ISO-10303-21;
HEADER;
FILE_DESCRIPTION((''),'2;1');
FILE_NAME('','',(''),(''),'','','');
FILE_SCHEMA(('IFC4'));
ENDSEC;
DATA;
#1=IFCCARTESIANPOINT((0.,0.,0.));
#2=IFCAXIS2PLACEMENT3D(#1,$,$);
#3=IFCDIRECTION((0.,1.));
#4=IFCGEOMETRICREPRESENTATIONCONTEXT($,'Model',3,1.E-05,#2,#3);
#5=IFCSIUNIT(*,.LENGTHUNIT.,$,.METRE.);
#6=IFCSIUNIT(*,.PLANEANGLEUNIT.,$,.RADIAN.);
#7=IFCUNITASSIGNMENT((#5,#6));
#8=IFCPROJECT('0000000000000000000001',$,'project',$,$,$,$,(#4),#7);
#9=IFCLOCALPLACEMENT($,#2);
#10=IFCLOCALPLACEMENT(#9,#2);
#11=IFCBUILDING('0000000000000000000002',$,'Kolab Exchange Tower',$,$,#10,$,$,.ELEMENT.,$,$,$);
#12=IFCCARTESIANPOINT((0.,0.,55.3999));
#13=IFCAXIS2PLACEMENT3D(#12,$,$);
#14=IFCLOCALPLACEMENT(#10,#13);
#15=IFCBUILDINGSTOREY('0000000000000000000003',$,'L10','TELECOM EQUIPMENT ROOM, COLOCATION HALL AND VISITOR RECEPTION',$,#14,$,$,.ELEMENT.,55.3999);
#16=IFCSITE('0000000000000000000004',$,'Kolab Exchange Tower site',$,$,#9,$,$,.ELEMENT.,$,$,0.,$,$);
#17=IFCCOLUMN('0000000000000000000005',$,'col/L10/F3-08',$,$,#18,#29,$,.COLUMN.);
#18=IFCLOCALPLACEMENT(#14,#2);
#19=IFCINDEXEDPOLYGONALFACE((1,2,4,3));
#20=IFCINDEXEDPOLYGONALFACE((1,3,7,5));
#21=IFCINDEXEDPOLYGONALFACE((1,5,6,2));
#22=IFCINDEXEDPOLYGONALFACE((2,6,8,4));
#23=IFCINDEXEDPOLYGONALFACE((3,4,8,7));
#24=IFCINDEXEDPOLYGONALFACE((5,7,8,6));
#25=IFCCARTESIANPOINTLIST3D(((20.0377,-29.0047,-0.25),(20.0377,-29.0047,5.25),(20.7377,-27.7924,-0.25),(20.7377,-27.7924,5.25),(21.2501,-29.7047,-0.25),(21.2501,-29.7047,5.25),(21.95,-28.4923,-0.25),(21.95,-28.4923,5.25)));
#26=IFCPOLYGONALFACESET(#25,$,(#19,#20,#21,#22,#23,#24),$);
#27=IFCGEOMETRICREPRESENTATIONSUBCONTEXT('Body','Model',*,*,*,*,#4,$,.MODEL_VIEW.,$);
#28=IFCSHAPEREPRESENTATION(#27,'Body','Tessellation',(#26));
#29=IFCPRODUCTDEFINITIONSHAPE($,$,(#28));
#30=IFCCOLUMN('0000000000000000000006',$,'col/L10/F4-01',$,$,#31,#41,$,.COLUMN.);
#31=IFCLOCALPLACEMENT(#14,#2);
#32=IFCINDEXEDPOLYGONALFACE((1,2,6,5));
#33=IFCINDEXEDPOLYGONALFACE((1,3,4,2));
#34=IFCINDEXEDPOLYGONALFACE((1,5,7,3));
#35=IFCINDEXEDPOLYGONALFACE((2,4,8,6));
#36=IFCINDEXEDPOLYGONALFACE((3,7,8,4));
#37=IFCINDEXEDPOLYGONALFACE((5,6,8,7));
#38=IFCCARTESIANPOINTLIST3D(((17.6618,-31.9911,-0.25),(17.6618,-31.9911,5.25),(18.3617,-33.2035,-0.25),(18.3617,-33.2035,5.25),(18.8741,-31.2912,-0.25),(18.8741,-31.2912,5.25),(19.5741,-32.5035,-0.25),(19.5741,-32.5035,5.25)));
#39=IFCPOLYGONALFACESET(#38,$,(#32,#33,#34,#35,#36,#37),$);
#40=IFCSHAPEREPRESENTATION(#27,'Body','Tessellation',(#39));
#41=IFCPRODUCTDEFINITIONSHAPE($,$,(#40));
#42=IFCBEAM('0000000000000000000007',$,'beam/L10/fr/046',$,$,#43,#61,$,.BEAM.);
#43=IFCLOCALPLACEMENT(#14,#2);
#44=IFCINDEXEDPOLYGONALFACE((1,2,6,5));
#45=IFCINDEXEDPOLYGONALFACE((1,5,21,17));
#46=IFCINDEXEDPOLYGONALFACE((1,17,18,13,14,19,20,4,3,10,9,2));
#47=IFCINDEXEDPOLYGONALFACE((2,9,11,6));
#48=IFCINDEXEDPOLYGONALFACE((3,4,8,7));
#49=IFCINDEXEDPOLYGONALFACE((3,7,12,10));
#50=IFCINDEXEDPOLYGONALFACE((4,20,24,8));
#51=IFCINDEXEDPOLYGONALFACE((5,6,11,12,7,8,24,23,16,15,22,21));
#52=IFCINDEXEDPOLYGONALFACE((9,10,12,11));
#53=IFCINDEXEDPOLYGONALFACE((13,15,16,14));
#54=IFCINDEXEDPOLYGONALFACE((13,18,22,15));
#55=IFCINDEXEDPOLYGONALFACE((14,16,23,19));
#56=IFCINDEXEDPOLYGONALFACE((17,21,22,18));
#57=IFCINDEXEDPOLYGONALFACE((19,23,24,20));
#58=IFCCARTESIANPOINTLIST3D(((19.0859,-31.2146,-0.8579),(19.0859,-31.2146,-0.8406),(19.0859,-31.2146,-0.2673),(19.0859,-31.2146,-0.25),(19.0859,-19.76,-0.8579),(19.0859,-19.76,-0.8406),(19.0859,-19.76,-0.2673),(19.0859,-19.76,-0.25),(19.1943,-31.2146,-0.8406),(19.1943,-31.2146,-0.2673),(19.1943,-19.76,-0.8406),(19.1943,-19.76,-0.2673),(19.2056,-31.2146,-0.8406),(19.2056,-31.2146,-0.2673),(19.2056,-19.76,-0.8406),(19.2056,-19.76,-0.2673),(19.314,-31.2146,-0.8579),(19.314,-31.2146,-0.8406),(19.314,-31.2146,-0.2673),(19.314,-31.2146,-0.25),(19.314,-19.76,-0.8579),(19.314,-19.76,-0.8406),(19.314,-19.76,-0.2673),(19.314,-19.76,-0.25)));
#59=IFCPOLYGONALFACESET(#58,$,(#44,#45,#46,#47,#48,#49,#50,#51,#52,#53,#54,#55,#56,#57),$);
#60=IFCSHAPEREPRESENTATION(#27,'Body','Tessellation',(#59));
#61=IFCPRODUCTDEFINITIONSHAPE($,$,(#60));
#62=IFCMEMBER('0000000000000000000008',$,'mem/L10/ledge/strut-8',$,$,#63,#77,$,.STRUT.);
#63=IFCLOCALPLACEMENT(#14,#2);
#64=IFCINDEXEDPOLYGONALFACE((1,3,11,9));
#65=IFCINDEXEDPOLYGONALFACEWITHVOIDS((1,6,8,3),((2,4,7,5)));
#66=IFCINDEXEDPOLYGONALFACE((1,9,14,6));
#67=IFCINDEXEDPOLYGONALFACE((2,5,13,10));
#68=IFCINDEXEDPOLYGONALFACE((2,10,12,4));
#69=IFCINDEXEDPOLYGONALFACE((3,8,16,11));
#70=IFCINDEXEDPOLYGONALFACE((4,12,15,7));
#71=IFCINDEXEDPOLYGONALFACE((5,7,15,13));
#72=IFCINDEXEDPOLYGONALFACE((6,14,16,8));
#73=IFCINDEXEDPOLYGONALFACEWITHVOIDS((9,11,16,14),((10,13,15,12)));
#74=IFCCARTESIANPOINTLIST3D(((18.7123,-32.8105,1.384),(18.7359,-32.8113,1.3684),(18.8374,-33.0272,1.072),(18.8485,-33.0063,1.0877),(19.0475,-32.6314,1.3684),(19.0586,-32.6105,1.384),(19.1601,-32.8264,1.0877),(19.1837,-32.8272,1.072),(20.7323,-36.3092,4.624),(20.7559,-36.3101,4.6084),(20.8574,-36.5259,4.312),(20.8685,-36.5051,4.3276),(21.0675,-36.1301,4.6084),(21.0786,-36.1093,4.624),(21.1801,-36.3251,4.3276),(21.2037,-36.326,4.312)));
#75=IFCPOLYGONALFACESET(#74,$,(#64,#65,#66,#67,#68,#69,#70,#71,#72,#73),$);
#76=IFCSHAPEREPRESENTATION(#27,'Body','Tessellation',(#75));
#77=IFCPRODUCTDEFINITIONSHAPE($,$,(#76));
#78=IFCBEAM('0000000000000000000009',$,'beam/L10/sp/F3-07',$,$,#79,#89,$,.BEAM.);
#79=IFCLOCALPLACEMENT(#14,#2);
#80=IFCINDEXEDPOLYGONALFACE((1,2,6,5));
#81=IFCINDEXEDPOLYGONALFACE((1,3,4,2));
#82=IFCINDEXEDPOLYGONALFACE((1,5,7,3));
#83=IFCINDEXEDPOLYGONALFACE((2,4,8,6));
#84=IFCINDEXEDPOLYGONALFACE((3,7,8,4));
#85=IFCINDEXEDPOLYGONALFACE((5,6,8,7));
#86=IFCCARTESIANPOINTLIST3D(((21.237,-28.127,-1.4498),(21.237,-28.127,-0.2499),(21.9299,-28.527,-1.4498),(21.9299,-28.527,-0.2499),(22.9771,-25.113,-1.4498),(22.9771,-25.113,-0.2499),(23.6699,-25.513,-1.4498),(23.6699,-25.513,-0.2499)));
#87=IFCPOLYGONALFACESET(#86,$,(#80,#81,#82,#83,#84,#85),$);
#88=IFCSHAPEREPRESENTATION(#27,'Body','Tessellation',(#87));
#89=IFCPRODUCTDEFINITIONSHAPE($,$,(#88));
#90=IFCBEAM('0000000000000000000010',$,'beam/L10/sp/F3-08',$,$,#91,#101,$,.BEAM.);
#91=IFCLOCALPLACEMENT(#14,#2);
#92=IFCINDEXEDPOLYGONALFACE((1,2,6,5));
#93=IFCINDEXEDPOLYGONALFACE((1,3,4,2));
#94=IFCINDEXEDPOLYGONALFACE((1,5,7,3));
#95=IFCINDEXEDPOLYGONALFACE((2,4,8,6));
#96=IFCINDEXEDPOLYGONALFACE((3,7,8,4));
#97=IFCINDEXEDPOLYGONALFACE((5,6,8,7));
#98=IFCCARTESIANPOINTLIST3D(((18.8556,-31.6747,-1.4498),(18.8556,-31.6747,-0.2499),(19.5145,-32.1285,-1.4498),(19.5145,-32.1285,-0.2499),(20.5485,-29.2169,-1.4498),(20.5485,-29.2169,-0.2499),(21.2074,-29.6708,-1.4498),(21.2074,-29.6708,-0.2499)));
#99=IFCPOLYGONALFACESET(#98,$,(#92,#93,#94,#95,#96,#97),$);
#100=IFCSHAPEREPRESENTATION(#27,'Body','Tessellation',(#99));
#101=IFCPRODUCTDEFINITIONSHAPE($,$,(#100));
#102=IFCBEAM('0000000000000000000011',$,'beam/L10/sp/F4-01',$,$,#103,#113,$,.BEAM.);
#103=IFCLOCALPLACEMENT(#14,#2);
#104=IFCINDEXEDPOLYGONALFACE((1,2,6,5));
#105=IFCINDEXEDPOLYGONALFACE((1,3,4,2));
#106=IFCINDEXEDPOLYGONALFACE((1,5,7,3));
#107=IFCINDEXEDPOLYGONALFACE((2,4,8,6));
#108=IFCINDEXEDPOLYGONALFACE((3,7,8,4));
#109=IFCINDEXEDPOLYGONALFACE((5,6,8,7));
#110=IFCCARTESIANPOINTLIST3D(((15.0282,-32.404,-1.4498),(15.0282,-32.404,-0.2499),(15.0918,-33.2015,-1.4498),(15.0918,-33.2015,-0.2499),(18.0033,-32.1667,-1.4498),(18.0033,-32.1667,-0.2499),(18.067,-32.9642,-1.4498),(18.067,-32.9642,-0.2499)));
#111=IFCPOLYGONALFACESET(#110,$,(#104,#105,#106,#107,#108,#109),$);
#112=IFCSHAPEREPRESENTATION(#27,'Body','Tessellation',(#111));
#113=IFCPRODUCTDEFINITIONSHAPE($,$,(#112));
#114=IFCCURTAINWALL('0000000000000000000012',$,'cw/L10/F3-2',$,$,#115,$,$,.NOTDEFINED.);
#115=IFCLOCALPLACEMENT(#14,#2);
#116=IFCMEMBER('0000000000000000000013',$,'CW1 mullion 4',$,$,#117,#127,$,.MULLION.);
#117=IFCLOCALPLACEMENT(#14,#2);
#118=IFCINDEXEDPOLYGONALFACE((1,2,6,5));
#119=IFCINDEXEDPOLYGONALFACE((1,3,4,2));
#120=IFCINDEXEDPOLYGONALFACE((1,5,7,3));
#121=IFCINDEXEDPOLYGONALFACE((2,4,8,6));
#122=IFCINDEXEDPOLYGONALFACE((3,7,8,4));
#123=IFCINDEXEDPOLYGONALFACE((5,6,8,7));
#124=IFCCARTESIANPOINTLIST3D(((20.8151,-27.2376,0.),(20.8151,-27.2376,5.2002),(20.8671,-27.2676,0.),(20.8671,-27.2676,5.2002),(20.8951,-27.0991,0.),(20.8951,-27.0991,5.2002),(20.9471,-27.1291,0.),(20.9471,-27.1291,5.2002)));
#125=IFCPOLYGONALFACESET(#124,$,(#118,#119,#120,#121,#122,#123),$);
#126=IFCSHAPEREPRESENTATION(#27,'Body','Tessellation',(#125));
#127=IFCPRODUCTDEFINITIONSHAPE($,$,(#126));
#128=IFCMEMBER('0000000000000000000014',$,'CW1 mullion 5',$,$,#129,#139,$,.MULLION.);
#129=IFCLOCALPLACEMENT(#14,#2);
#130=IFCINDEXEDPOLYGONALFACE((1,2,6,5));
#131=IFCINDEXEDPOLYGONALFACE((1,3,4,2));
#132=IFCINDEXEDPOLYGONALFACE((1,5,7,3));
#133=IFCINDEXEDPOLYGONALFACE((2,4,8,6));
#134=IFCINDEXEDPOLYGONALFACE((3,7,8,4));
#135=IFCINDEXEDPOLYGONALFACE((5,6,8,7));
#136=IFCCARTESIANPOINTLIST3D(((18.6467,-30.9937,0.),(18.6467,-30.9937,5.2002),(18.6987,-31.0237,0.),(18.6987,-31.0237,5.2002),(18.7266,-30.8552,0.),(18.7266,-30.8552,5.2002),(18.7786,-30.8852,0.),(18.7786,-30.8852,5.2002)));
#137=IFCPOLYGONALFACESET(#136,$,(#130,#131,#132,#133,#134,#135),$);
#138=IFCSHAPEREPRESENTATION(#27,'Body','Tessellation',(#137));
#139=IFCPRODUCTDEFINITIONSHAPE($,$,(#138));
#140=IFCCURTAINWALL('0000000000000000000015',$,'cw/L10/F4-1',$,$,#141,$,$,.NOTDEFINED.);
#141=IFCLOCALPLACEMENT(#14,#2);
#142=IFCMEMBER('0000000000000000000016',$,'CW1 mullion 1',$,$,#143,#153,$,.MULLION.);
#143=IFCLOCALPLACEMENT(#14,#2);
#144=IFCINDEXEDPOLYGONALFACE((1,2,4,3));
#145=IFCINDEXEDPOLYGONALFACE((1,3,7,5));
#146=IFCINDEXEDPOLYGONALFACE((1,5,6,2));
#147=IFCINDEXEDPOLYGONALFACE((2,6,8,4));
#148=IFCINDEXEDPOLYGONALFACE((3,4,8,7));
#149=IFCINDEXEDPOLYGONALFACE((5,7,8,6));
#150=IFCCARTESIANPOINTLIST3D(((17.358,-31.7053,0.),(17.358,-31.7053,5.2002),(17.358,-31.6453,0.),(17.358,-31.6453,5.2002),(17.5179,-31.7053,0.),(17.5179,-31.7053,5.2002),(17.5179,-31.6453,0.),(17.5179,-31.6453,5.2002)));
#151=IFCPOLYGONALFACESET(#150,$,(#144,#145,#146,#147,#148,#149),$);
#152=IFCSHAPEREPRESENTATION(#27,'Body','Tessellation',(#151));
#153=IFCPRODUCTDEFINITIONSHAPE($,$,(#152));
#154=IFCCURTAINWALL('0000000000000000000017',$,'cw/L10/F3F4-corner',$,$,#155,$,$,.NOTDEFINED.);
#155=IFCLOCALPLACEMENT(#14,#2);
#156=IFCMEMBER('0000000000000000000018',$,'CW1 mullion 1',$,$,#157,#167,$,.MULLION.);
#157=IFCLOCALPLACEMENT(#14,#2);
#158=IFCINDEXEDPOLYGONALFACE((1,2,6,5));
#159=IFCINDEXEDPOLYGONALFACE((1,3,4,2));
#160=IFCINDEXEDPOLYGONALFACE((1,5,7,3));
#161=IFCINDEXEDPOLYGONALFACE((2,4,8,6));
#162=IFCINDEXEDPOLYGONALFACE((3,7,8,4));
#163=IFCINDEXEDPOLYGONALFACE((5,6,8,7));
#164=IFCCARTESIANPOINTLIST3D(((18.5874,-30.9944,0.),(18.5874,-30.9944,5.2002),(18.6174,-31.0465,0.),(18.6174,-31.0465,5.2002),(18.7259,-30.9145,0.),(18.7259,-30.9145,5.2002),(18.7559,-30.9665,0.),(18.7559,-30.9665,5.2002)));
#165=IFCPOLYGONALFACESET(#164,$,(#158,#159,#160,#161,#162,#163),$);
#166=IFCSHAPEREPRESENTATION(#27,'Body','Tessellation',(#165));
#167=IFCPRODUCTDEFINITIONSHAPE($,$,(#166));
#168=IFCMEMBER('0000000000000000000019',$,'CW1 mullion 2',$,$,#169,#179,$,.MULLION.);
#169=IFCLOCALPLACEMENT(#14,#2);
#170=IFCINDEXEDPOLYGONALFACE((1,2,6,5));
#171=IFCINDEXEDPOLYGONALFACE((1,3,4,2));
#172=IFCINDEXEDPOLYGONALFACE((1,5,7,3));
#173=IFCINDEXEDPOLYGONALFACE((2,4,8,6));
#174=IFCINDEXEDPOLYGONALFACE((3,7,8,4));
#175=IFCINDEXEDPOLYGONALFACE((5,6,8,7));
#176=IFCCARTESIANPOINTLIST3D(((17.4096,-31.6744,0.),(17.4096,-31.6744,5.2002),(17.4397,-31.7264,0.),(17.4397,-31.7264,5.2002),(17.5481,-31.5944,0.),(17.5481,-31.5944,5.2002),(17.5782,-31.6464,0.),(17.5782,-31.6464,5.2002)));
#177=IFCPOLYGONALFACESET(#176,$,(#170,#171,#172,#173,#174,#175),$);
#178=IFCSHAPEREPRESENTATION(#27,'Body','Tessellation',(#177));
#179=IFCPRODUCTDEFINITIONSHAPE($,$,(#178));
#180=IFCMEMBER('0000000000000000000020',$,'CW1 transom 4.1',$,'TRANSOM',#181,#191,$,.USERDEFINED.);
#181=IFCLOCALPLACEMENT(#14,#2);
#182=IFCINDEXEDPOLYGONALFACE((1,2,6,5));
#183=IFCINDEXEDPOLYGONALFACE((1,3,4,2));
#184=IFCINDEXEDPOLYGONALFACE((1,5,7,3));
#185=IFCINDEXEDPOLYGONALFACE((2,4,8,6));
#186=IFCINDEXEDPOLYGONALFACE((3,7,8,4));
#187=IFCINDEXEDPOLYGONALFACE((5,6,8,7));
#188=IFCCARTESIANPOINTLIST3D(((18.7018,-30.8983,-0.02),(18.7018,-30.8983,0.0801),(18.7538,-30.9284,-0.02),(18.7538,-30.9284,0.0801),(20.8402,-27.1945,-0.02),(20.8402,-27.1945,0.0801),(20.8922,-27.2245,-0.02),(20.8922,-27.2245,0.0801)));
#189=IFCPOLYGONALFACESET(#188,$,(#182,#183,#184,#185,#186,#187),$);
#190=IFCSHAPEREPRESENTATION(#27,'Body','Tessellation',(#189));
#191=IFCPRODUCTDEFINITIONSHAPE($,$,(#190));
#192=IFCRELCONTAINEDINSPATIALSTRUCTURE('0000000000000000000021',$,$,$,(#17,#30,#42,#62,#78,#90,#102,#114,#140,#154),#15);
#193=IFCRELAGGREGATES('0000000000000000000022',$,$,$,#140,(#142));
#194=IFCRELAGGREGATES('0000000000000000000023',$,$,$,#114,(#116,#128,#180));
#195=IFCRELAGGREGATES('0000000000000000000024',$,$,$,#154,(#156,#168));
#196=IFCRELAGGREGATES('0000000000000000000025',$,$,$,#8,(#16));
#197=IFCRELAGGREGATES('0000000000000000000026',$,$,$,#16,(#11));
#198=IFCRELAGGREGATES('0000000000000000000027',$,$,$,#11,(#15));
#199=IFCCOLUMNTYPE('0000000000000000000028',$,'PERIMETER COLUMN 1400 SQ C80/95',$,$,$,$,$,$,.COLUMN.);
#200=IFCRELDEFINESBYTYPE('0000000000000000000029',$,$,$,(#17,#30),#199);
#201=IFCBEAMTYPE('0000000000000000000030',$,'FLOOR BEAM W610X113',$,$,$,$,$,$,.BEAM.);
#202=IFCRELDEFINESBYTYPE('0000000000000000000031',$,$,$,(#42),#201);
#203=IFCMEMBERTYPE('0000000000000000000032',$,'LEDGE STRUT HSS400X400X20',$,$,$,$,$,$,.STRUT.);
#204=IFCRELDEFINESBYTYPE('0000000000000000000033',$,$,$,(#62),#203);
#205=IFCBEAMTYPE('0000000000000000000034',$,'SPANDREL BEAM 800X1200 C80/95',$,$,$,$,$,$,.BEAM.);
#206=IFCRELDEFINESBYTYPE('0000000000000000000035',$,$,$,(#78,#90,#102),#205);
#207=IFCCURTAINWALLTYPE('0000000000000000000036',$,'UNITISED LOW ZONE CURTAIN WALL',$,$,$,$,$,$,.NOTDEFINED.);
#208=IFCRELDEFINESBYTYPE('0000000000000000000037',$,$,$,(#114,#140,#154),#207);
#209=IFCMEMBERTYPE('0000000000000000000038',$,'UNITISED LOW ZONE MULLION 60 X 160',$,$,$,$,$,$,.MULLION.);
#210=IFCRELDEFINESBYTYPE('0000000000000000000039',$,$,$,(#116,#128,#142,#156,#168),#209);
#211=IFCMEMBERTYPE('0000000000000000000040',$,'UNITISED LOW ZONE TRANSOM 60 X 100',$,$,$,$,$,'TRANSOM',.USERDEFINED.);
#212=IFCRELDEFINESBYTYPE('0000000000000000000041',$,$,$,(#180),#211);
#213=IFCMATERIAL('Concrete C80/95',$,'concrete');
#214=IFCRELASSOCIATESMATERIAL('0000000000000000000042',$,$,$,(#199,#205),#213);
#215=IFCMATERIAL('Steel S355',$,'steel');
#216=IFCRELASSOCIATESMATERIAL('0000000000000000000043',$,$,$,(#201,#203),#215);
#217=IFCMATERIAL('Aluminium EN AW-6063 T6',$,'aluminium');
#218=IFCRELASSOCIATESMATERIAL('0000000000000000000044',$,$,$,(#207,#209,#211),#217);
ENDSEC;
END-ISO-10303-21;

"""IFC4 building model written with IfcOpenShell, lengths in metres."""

from ifc_helpers import new_model, si_unit, direction, frame, origin, origin_2d, place, context, subcontext, project, spatial, rectangle, hollow_rectangle, i_section, extrude, material, material_profile, profile_set, type_object, element, aggregate, save


model = new_model("IFC4")

# Units and contexts
model_context = context("Model", 3, precision=1e-05, world=origin(), true_north=direction((0.0, 1.0)))
body_context = subcontext(model_context, "Body", "Model", "MODEL_VIEW")
ifc_project = project(units=[si_unit("LENGTHUNIT", "METRE"), si_unit("PLANEANGLEUNIT", "RADIAN")], contexts=[model_context])

# Site, building, storey
site_placement = place(None, origin())
site = spatial("IfcSite", under=ifc_project, at=site_placement, Name="Kolab Exchange Tower site", CompositionType="ELEMENT", RefElevation=0.0)
building_placement = place(site_placement, origin())
building = spatial("IfcBuilding", under=site, at=building_placement, Name="Kolab Exchange Tower", CompositionType="ELEMENT")
storey_placement = place(building_placement, frame((0.0, 0.0, 55.3999)))
storey = spatial("IfcBuildingStorey", under=building, at=storey_placement, Name="L10", Description="TELECOM EQUIPMENT ROOM, COLOCATION HALL AND VISITOR RECEPTION", CompositionType="ELEMENT", Elevation=55.3999)

# Columns
ifc_material_1 = material(Name="Concrete C80/95", Category="concrete")
ifc_material_profile_1 = material_profile(ifc_material_1, rectangle(XDim=1.3999, YDim=1.3999, at=origin_2d()), Name="RC1400")
ifc_profile_set_1 = profile_set([ifc_material_profile_1], Name="Concrete C80/95")
column_type = type_object("IfcColumnType", Name="PERIMETER COLUMN 1400 SQ C80/95", PredefinedType="COLUMN", material=ifc_profile_set_1)
for number, where, z_axis, x_axis, name in (
    (1, (20.9939, -28.7485, -0.25), (0.0, 0.0, 1.0), (0.5, 0.866025, 0.0), "col/L10/F3-08"),
    (2, (18.6179, -32.2473, -0.25), (0.0, 0.0, 1.0), (0.866025, 0.5, 0.0), "col/L10/F4-01"),
):
    element("IfcColumn", number, at=place(storey_placement, frame(where, z_axis=z_axis, x_axis=x_axis)), inside=storey, type_object=column_type, Name=name, PredefinedType="COLUMN", context=body_context, shape_type="SweptSolid", body=[
        extrude(rectangle(XDim=1.3999, YDim=1.3999, at=origin_2d()), origin(), (0.0, 0.0, 1.0), 5.5),
    ])

# Beam
ifc_material_2 = material(Name="Steel S355", Category="steel")
ifc_material_profile_2 = material_profile(ifc_material_2, i_section(OverallWidth=0.228, OverallDepth=0.6079, WebThickness=0.0112, FlangeThickness=0.0173, at=origin_2d()), Name="W610X113")
ifc_profile_set_2 = profile_set([ifc_material_profile_2], Name="Steel S355")
beam_type_1 = type_object("IfcBeamType", Name="FLOOR BEAM W610X113", PredefinedType="BEAM", material=ifc_profile_set_2)
beam_1_placement = place(storey_placement, frame((19.2, -31.2146, -0.554), z_axis=(0.0, 1.0, 0.0), x_axis=(-1.0, 0.0, 0.0)))
element("IfcBeam", 3, at=beam_1_placement, inside=storey, type_object=beam_type_1, Name="beam/L10/fr/046", PredefinedType="BEAM", context=body_context, shape_type="SweptSolid", body=[
    extrude(i_section(OverallWidth=0.228, OverallDepth=0.6079, WebThickness=0.0112, FlangeThickness=0.0173, at=origin_2d()), origin(), (0.0, 0.0, 1.0), 11.4546),
])

# Member
ifc_material_profile_3 = material_profile(ifc_material_2, hollow_rectangle(XDim=0.3999, YDim=0.3999, WallThickness=0.02, at=origin_2d()), Name="HSS400X400X20")
ifc_profile_set_3 = profile_set([ifc_material_profile_3], Name="Steel S355")
member_type_1 = type_object("IfcMemberType", Name="LEDGE STRUT HSS400X400X20", PredefinedType="STRUT", material=ifc_profile_set_3)
member_1_placement = place(storey_placement, frame((18.948, -32.8188, 1.228), z_axis=(0.390059, -0.675603, 0.625631), x_axis=(0.866026, 0.5, 0.0)))
element("IfcMember", 4, at=member_1_placement, inside=storey, type_object=member_type_1, Name="mem/L10/ledge/strut-8", PredefinedType="STRUT", context=body_context, shape_type="SweptSolid", body=[
    extrude(hollow_rectangle(XDim=0.3999, YDim=0.3999, WallThickness=0.02, at=origin_2d()), origin(), (0.0, 0.0, 1.0), 5.1787),
])

# Beams
ifc_material_profile_4 = material_profile(ifc_material_1, rectangle(XDim=0.8, YDim=1.2, at=origin_2d()), Name="RC800X1200")
ifc_profile_set_4 = profile_set([ifc_material_profile_4], Name="Concrete C80/95")
beam_type_2 = type_object("IfcBeamType", Name="SPANDREL BEAM 800X1200 C80/95", PredefinedType="BEAM", material=ifc_profile_set_4)
beam_2_placement = place(storey_placement, frame((23.3235, -25.313, -0.8499), z_axis=(-0.49998, -0.866037, 0.0), x_axis=(0.866037, -0.49998, 0.0)))
element("IfcBeam", 5, at=beam_2_placement, inside=storey, type_object=beam_type_2, Name="beam/L10/sp/F3-07", PredefinedType="BEAM", context=body_context, shape_type="SweptSolid", body=[
    extrude(rectangle(XDim=0.8, YDim=1.2, at=origin_2d()), origin(), (0.0, 0.0, 1.0), 3.4802),
])
beam_3_placement = place(storey_placement, frame((20.8779, -29.4438, -0.8499), z_axis=(-0.567247, -0.823548, 0.0), x_axis=(0.823548, -0.567247, 0.0)))
element("IfcBeam", 6, at=beam_3_placement, inside=storey, type_object=beam_type_2, Name="beam/L10/sp/F3-08", PredefinedType="BEAM", context=body_context, shape_type="SweptSolid", body=[
    extrude(rectangle(XDim=0.8, YDim=1.2, at=origin_2d()), origin(), (0.0, 0.0, 1.0), 2.9844),
])
beam_4_placement = place(storey_placement, frame((18.0352, -32.5654, -0.8499), z_axis=(-0.996834, -0.079511, 0.0), x_axis=(0.079511, -0.996834, 0.0)))
element("IfcBeam", 7, at=beam_4_placement, inside=storey, type_object=beam_type_2, Name="beam/L10/sp/F4-01", PredefinedType="BEAM", context=body_context, shape_type="SweptSolid", body=[
    extrude(rectangle(XDim=0.8, YDim=1.2, at=origin_2d()), origin(), (0.0, 0.0, 1.0), 2.9846),
])

# Curtain wall, members
ifc_material_3 = material(Name="Aluminium EN AW-6063 T6", Category="aluminium")
curtain_wall_type = type_object("IfcCurtainWallType", Name="UNITISED LOW ZONE CURTAIN WALL", PredefinedType="NOTDEFINED", material=ifc_material_3)
curtain_wall_1_placement = place(storey_placement, origin())
curtain_wall_1 = element("IfcCurtainWall", 8, at=curtain_wall_1_placement, inside=storey, type_object=curtain_wall_type, Name="cw/L10/F3-2", PredefinedType="NOTDEFINED")
ifc_material_profile_5 = material_profile(ifc_material_3, rectangle(XDim=0.0601, YDim=0.1599, at=origin_2d()), Name="RECT 60X160")
ifc_profile_set_5 = profile_set([ifc_material_profile_5], Name="Aluminium EN AW-6063 T6")
member_type_2 = type_object("IfcMemberType", Name="UNITISED LOW ZONE MULLION 60 X 160", PredefinedType="MULLION", material=ifc_profile_set_5)
member_2_placement = place(storey_placement, frame((20.8811, -27.1833, 0.0), z_axis=(0.0, 0.0, 1.0), x_axis=(0.866025, -0.5, 0.0)))
member_2 = element("IfcMember", 9, at=member_2_placement, type_object=member_type_2, Name="CW1 mullion 4", PredefinedType="MULLION", context=body_context, shape_type="SweptSolid", body=[
    extrude(rectangle(XDim=0.0601, YDim=0.1599, at=origin_2d()), origin(), (0.0, 0.0, 1.0), 5.2002),
])
member_3_placement = place(storey_placement, frame((18.7126, -30.9395, 0.0), z_axis=(0.0, 0.0, 1.0), x_axis=(0.866025, -0.5, 0.0)))
member_3 = element("IfcMember", 10, at=member_3_placement, type_object=member_type_2, Name="CW1 mullion 5", PredefinedType="MULLION", context=body_context, shape_type="SweptSolid", body=[
    extrude(rectangle(XDim=0.0601, YDim=0.1599, at=origin_2d()), origin(), (0.0, 0.0, 1.0), 5.2002),
])

# Curtain wall, member
curtain_wall_2_placement = place(storey_placement, origin())
curtain_wall_2 = element("IfcCurtainWall", 11, at=curtain_wall_2_placement, inside=storey, type_object=curtain_wall_type, Name="cw/L10/F4-1", PredefinedType="NOTDEFINED")
member_4_placement = place(storey_placement, frame((17.438, -31.6753, 0.0), z_axis=(0.0, 0.0, 1.0), x_axis=(0.0, -1.0, 0.0)))
member_4 = element("IfcMember", 12, at=member_4_placement, type_object=member_type_2, Name="CW1 mullion 1", PredefinedType="MULLION", context=body_context, shape_type="SweptSolid", body=[
    extrude(rectangle(XDim=0.0601, YDim=0.1599, at=origin_2d()), origin(), (0.0, 0.0, 1.0), 5.2002),
])
aggregate(curtain_wall_2, [member_4])

# Curtain wall, members
curtain_wall_3_placement = place(storey_placement, origin())
curtain_wall_3 = element("IfcCurtainWall", 13, at=curtain_wall_3_placement, inside=storey, type_object=curtain_wall_type, Name="cw/L10/F3F4-corner", PredefinedType="NOTDEFINED")
member_5_placement = place(storey_placement, frame((18.6716, -30.9805, 0.0), z_axis=(0.0, 0.0, 1.0), x_axis=(0.5, -0.866025, 0.0)))
member_5 = element("IfcMember", 14, at=member_5_placement, type_object=member_type_2, Name="CW1 mullion 1", PredefinedType="MULLION", context=body_context, shape_type="SweptSolid", body=[
    extrude(rectangle(XDim=0.0601, YDim=0.1599, at=origin_2d()), origin(), (0.0, 0.0, 1.0), 5.2002),
])
member_6_placement = place(storey_placement, frame((17.4939, -31.6604, 0.0), z_axis=(0.0, 0.0, 1.0), x_axis=(0.5, -0.866025, 0.0)))
member_6 = element("IfcMember", 15, at=member_6_placement, type_object=member_type_2, Name="CW1 mullion 2", PredefinedType="MULLION", context=body_context, shape_type="SweptSolid", body=[
    extrude(rectangle(XDim=0.0601, YDim=0.1599, at=origin_2d()), origin(), (0.0, 0.0, 1.0), 5.2002),
])

# Member
ifc_material_profile_6 = material_profile(ifc_material_3, rectangle(XDim=0.0601, YDim=0.1001, at=origin_2d()), Name="RECT 60X100")
ifc_profile_set_6 = profile_set([ifc_material_profile_6], Name="Aluminium EN AW-6063 T6")
member_type_3 = type_object("IfcMemberType", Name="UNITISED LOW ZONE TRANSOM 60 X 100", ElementType="TRANSOM", PredefinedType="USERDEFINED", material=ifc_profile_set_6)
member_7_placement = place(storey_placement, frame((20.8662, -27.2095, 0.03), z_axis=(-0.500001, -0.866025, 0.0), x_axis=(0.866025, -0.500001, 0.0)))
member_7 = element("IfcMember", 16, at=member_7_placement, type_object=member_type_3, Name="CW1 transom 4.1", ObjectType="TRANSOM", PredefinedType="USERDEFINED", context=body_context, shape_type="SweptSolid", body=[
    extrude(rectangle(XDim=0.0601, YDim=0.1001, at=origin_2d()), origin(), (0.0, 0.0, 1.0), 4.2769),
])

aggregate(curtain_wall_1, [member_2, member_3, member_7])
aggregate(curtain_wall_3, [member_5, member_6])

save(model, "model.ifc")
